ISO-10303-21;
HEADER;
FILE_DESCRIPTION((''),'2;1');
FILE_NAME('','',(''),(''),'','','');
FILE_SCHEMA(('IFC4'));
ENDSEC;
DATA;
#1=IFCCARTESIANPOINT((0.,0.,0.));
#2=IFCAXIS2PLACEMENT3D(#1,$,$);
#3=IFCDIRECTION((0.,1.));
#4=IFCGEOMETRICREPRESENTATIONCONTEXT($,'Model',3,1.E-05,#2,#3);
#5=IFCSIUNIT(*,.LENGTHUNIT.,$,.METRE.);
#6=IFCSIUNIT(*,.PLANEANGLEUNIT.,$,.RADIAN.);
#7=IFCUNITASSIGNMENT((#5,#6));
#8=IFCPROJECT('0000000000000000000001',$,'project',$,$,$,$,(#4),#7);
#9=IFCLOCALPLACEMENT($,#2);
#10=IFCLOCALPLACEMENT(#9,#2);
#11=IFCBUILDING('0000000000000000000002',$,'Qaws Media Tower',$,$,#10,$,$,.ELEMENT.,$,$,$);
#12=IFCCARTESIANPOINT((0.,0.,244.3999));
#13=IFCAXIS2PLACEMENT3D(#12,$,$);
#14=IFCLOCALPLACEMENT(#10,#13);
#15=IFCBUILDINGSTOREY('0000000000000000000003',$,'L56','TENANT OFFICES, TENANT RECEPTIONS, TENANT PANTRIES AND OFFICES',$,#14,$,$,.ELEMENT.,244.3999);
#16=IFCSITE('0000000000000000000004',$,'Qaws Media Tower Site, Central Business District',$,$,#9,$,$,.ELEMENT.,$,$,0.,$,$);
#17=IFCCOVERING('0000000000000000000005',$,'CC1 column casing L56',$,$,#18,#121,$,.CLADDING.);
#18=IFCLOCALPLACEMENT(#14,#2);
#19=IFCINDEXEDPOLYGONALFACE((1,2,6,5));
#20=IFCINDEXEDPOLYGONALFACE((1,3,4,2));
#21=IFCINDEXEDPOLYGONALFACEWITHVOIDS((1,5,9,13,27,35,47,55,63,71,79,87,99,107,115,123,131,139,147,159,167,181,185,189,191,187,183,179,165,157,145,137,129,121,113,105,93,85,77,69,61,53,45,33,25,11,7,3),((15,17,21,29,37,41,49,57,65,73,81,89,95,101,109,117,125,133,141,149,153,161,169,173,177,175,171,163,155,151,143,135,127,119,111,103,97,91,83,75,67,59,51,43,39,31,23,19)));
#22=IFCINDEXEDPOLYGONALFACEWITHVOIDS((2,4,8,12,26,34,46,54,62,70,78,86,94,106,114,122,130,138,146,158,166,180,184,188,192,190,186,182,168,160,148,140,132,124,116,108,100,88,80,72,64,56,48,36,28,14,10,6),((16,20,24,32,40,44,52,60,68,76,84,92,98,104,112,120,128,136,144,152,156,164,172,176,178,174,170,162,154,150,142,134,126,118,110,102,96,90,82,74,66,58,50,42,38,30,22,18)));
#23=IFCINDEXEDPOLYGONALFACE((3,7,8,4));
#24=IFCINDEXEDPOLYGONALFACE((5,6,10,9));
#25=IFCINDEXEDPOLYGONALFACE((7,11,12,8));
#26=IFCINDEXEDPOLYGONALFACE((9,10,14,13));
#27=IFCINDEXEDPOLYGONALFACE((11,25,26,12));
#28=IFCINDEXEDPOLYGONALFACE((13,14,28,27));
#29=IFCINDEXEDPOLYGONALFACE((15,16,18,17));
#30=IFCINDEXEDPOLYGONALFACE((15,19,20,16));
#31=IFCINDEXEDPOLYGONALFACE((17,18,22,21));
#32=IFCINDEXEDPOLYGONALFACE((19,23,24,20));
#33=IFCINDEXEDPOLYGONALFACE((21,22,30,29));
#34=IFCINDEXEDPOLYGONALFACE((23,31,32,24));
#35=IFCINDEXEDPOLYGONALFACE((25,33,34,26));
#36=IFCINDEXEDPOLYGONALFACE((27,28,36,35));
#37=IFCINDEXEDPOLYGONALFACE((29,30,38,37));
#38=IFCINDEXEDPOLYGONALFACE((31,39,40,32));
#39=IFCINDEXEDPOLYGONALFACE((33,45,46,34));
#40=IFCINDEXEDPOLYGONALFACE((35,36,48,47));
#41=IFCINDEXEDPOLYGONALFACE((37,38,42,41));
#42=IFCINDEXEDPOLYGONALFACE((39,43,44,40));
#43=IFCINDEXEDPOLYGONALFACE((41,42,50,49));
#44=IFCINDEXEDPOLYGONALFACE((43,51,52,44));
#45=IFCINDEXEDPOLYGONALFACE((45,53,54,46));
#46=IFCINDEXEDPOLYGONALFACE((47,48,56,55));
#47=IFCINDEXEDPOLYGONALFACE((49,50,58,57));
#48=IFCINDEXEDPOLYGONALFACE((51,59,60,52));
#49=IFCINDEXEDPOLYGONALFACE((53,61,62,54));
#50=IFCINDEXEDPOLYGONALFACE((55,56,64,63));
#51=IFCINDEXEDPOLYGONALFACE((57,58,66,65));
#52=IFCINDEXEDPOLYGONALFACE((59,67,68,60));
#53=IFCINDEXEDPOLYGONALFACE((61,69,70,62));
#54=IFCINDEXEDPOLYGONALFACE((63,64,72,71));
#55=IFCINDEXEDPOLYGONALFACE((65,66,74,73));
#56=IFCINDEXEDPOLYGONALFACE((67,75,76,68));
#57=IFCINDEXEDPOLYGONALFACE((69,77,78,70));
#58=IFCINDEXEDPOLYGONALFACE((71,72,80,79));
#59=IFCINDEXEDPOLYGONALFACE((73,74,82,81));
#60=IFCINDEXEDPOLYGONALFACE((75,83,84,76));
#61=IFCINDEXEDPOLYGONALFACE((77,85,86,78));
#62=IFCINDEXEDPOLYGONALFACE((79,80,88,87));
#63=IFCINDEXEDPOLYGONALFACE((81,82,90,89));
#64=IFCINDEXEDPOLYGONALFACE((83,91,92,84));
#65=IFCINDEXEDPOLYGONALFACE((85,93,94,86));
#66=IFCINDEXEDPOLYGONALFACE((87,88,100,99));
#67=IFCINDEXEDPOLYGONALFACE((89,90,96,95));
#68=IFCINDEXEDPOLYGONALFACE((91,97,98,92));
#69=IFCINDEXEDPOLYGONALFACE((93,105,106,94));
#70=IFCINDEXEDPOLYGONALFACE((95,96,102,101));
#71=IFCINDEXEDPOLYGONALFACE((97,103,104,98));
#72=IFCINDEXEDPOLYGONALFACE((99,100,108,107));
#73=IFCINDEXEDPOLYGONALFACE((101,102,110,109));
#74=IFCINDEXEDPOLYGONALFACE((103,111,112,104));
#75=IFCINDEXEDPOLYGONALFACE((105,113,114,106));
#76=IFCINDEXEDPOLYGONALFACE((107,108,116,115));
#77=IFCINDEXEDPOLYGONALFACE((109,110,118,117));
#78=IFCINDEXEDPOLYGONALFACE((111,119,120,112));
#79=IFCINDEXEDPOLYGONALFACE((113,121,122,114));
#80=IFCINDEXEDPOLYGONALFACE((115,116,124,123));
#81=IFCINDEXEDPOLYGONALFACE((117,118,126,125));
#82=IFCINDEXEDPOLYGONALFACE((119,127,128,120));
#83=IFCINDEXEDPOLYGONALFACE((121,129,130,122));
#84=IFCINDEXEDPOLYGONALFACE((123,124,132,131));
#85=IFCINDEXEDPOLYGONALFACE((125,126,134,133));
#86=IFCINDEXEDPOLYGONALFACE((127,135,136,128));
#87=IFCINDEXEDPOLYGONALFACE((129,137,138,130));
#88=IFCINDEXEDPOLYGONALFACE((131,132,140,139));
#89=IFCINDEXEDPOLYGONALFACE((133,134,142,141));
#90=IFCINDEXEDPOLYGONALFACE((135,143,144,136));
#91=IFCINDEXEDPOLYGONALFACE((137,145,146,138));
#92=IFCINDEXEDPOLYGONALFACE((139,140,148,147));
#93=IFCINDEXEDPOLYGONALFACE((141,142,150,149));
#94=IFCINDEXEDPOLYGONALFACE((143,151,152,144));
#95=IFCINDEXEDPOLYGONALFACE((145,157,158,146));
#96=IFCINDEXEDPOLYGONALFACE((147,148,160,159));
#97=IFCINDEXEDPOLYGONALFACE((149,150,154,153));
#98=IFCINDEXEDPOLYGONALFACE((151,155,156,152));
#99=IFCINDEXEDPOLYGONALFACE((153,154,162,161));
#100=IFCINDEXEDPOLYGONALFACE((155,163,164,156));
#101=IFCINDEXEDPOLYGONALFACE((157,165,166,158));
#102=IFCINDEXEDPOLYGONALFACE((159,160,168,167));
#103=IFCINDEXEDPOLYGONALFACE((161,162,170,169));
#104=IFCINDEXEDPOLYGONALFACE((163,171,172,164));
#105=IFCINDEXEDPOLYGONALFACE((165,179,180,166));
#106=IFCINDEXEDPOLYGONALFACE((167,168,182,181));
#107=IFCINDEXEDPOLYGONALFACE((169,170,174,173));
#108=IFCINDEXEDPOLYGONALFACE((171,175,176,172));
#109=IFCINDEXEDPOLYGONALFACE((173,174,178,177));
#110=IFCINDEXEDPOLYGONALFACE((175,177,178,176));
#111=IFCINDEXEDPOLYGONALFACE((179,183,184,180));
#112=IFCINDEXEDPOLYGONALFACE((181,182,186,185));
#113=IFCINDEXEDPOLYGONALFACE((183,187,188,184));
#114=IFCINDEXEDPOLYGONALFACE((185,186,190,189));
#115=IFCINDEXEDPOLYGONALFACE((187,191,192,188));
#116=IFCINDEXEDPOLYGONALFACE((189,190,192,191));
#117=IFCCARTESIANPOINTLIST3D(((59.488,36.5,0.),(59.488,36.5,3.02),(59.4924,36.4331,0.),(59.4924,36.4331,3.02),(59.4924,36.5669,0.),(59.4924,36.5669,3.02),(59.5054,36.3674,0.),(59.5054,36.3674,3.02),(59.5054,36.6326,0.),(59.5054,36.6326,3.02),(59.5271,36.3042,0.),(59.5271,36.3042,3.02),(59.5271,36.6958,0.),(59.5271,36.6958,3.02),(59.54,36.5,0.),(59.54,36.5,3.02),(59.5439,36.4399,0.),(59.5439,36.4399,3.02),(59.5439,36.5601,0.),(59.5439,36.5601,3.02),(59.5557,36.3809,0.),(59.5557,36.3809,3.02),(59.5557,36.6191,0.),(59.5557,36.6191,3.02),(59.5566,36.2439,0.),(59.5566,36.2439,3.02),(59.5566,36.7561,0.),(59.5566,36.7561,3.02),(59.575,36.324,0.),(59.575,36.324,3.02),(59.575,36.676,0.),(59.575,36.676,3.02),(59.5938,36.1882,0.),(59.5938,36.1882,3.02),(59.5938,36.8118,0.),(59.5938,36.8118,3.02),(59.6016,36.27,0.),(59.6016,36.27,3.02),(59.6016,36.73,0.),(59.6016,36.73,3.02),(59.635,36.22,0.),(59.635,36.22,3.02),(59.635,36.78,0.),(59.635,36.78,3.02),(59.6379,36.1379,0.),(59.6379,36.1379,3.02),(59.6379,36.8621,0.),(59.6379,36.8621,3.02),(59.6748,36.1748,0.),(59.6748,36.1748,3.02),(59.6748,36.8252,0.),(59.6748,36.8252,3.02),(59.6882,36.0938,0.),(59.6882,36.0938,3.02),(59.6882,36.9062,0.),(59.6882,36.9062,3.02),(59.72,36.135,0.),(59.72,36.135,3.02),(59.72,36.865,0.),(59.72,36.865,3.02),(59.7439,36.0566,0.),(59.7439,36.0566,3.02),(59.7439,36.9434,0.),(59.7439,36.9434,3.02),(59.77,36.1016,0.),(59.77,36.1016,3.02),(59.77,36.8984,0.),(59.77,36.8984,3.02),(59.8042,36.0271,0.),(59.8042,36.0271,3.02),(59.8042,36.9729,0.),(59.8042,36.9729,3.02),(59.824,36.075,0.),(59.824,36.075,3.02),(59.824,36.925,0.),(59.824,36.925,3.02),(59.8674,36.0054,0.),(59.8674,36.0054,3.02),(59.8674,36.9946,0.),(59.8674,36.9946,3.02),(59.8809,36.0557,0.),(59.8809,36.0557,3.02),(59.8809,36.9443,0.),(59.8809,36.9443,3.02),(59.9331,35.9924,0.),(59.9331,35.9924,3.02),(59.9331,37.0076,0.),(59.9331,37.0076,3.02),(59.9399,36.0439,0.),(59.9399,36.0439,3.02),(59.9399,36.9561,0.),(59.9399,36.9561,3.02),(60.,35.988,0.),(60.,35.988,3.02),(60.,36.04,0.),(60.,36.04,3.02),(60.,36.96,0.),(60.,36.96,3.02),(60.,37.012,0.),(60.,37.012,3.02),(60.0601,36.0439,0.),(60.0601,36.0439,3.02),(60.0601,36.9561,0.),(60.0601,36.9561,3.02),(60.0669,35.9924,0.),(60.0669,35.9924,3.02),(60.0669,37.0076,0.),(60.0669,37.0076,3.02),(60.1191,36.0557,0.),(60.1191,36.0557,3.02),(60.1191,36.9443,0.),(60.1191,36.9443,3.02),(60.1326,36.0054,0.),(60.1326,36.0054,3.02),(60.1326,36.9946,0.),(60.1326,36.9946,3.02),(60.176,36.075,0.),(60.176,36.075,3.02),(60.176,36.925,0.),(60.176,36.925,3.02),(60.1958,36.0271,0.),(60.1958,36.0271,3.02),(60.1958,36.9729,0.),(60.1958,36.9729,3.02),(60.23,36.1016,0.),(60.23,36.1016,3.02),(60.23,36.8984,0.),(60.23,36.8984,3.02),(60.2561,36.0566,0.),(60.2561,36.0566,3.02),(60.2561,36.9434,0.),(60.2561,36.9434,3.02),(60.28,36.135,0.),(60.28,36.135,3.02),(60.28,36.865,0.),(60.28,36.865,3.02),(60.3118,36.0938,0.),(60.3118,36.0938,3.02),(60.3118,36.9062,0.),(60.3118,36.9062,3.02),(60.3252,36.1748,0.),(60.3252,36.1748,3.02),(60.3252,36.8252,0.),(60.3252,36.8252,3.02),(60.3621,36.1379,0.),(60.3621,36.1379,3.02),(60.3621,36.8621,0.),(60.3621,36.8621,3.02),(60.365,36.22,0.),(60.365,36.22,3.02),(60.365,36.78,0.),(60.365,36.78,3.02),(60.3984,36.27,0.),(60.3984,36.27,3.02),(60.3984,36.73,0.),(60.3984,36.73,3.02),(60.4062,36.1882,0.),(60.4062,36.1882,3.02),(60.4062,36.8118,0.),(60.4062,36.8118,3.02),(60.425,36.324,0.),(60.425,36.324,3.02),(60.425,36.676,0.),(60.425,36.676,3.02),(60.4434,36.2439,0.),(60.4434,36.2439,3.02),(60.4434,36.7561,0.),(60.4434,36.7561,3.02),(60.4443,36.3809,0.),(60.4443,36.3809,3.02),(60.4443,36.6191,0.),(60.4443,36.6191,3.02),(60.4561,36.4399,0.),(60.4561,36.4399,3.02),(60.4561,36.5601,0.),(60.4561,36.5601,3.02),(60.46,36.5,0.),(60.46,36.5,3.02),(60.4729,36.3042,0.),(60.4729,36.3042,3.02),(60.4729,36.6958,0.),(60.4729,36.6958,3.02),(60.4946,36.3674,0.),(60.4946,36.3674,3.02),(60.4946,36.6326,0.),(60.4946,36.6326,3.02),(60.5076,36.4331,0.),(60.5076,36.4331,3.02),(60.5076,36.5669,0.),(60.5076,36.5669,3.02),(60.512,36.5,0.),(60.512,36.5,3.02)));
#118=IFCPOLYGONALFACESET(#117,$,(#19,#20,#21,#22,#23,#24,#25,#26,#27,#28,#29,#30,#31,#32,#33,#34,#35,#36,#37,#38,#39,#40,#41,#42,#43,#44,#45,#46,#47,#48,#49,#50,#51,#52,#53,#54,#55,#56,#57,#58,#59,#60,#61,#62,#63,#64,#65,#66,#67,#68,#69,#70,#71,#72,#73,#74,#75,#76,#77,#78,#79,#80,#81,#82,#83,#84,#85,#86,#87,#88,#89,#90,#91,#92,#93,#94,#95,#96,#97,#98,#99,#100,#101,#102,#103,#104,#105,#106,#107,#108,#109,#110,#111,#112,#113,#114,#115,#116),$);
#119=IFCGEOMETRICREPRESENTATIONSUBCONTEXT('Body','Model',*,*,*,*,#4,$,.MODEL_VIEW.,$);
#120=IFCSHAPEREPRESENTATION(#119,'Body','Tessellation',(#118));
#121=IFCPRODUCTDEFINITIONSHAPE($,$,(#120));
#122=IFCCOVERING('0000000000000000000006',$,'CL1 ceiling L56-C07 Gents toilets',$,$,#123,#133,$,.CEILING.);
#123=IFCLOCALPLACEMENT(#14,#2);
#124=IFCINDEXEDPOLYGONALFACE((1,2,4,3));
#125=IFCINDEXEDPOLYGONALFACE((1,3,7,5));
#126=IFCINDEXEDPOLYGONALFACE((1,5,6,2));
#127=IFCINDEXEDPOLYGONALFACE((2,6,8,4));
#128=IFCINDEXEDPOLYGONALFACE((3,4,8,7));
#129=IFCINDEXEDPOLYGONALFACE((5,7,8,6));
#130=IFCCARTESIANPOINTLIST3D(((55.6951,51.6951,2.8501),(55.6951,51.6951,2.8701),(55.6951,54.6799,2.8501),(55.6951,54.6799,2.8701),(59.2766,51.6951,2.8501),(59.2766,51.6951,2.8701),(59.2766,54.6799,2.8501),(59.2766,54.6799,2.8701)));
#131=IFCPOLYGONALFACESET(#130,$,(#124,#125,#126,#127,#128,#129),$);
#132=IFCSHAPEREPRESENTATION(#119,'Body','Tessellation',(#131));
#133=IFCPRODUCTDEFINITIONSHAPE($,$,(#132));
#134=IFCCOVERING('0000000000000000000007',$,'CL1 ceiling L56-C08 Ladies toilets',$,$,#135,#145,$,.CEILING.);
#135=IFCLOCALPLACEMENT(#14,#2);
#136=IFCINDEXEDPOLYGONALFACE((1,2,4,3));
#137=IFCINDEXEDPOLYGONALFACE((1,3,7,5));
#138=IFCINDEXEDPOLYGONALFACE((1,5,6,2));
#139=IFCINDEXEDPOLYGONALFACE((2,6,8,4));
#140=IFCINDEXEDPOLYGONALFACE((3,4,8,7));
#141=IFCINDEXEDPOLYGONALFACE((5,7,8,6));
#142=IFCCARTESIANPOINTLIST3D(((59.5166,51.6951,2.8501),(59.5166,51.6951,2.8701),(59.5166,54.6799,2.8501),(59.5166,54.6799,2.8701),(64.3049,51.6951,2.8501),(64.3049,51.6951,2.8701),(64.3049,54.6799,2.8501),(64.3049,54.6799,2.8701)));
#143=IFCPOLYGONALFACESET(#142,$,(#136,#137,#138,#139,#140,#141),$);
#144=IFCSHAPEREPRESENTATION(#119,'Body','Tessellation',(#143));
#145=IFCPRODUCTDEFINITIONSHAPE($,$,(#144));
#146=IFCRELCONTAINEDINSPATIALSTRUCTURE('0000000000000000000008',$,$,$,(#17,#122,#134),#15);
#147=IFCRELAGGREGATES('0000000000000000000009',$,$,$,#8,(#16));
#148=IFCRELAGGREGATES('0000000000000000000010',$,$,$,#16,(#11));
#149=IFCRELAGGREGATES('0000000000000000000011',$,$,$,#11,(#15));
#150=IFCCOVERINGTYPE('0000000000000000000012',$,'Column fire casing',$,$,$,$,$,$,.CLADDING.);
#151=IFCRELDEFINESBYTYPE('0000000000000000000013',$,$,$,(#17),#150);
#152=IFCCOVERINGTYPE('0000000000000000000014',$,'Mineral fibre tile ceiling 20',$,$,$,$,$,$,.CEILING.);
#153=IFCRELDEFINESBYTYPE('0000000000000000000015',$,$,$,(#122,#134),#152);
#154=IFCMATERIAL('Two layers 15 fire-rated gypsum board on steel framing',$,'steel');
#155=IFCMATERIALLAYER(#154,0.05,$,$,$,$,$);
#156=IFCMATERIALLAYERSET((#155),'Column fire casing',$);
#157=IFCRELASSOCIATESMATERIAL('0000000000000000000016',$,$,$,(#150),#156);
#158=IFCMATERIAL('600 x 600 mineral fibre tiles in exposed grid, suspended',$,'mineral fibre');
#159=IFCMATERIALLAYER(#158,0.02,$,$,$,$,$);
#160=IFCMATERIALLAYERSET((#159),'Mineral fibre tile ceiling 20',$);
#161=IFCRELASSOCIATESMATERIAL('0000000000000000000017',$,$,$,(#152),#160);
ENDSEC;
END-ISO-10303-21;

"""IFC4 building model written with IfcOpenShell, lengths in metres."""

from ifc_helpers import new_model, si_unit, direction, frame, origin, place, context, subcontext, project, spatial, polyline, outline, extrude, material, layer, layer_set, type_object, element, save


model = new_model("IFC4")

# Units and contexts
model_context = context("Model", 3, precision=1e-05, world=origin(), true_north=direction((0.0, 1.0)))
body_context = subcontext(model_context, "Body", "Model", "MODEL_VIEW")
ifc_project = project(units=[si_unit("LENGTHUNIT", "METRE"), si_unit("PLANEANGLEUNIT", "RADIAN")], contexts=[model_context])

# Site, building, storey
site_placement = place(None, origin())
site = spatial("IfcSite", under=ifc_project, at=site_placement, Name="Qaws Media Tower Site, Central Business District", CompositionType="ELEMENT", RefElevation=0.0)
building_placement = place(site_placement, origin())
building = spatial("IfcBuilding", under=site, at=building_placement, Name="Qaws Media Tower", CompositionType="ELEMENT")
storey_placement = place(building_placement, frame((0.0, 0.0, 244.3999)))
storey = spatial("IfcBuildingStorey", under=building, at=storey_placement, Name="L56", Description="TENANT OFFICES, TENANT RECEPTIONS, TENANT PANTRIES AND OFFICES", CompositionType="ELEMENT", Elevation=244.3999)

# Coverings
ifc_material_1 = material(Name="Two layers 15 fire-rated gypsum board on steel framing", Category="steel")
ifc_layer_1 = layer(ifc_material_1, 0.05)
ifc_layer_set_1 = layer_set([ifc_layer_1], Name="Column fire casing")
covering_type_1 = type_object("IfcCoveringType", Name="Column fire casing", PredefinedType="CLADDING", material=ifc_layer_set_1)
covering_1_placement = place(storey_placement, origin())
element("IfcCovering", 1, at=covering_1_placement, inside=storey, type_object=covering_type_1, Name="CC1 column casing L56", PredefinedType="CLADDING", context=body_context, shape_type="SweptSolid", body=[
    extrude(outline(polyline([(60.512, 36.5), (60.5076, 36.4331), (60.4946, 36.3674), (60.4729, 36.3042), (60.4434, 36.2439), (60.4062, 36.1882), (60.3621, 36.1379), (60.3118, 36.0938), (60.2561, 36.0566), (60.1958, 36.0271), (60.1326, 36.0054), (60.0669, 35.9924), (60.0, 35.988), (59.9331, 35.9924), (59.8674, 36.0054), (59.8042, 36.0271), (59.7439, 36.0566), (59.6882, 36.0938), (59.6379, 36.1379), (59.5938, 36.1882), (59.5566, 36.2439), (59.5271, 36.3042), (59.5054, 36.3674), (59.4924, 36.4331), (59.488, 36.5), (59.4924, 36.5669), (59.5054, 36.6326), (59.5271, 36.6958), (59.5566, 36.7561), (59.5938, 36.8118), (59.6379, 36.8621), (59.6882, 36.9062), (59.7439, 36.9434), (59.8042, 36.9729), (59.8674, 36.9946), (59.9331, 37.0076), (60.0, 37.012), (60.0669, 37.0076), (60.1326, 36.9946), (60.1958, 36.9729), (60.2561, 36.9434), (60.3118, 36.9062), (60.3621, 36.8621), (60.4062, 36.8118), (60.4434, 36.7561), (60.4729, 36.6958), (60.4946, 36.6326), (60.5076, 36.5669), (60.512, 36.5)]), holes=[polyline([(60.46, 36.5), (60.4561, 36.4399), (60.4443, 36.3809), (60.425, 36.324), (60.3984, 36.27), (60.365, 36.22), (60.3252, 36.1748), (60.28, 36.135), (60.23, 36.1016), (60.176, 36.075), (60.1191, 36.0557), (60.0601, 36.0439), (60.0, 36.04), (59.9399, 36.0439), (59.8809, 36.0557), (59.824, 36.075), (59.77, 36.1016), (59.72, 36.135), (59.6748, 36.1748), (59.635, 36.22), (59.6016, 36.27), (59.575, 36.324), (59.5557, 36.3809), (59.5439, 36.4399), (59.54, 36.5), (59.5439, 36.5601), (59.5557, 36.6191), (59.575, 36.676), (59.6016, 36.73), (59.635, 36.78), (59.6748, 36.8252), (59.72, 36.865), (59.77, 36.8984), (59.824, 36.925), (59.8809, 36.9443), (59.9399, 36.9561), (60.0, 36.96), (60.0601, 36.9561), (60.1191, 36.9443), (60.176, 36.925), (60.23, 36.8984), (60.28, 36.865), (60.3252, 36.8252), (60.365, 36.78), (60.3984, 36.73), (60.425, 36.676), (60.4443, 36.6191), (60.4561, 36.5601), (60.46, 36.5)])]), origin(), (0.0, 0.0, 1.0), 3.02),
])
ifc_material_2 = material(Name="600 x 600 mineral fibre tiles in exposed grid, suspended", Category="mineral fibre")
ifc_layer_2 = layer(ifc_material_2, 0.02)
ifc_layer_set_2 = layer_set([ifc_layer_2], Name="Mineral fibre tile ceiling 20")
covering_type_2 = type_object("IfcCoveringType", Name="Mineral fibre tile ceiling 20", PredefinedType="CEILING", material=ifc_layer_set_2)
covering_2_placement = place(storey_placement, frame((0.0, 0.0, 2.8501)))
element("IfcCovering", 2, at=covering_2_placement, inside=storey, type_object=covering_type_2, Name="CL1 ceiling L56-C07 Gents toilets", PredefinedType="CEILING", context=body_context, shape_type="SweptSolid", body=[
    extrude(outline(polyline([(55.6951, 51.6951), (55.6951, 54.6799), (59.2766, 54.6799), (59.2766, 51.6951), (55.6951, 51.6951)])), origin(), (0.0, 0.0, 1.0), 0.02),
])
covering_3_placement = place(storey_placement, frame((0.0, 0.0, 2.8501)))
element("IfcCovering", 3, at=covering_3_placement, inside=storey, type_object=covering_type_2, Name="CL1 ceiling L56-C08 Ladies toilets", PredefinedType="CEILING", context=body_context, shape_type="SweptSolid", body=[
    extrude(outline(polyline([(59.5166, 51.6951), (59.5166, 54.6799), (64.3049, 54.6799), (64.3049, 51.6951), (59.5166, 51.6951)])), origin(), (0.0, 0.0, 1.0), 0.02),
])

save(model, "model.ifc")
